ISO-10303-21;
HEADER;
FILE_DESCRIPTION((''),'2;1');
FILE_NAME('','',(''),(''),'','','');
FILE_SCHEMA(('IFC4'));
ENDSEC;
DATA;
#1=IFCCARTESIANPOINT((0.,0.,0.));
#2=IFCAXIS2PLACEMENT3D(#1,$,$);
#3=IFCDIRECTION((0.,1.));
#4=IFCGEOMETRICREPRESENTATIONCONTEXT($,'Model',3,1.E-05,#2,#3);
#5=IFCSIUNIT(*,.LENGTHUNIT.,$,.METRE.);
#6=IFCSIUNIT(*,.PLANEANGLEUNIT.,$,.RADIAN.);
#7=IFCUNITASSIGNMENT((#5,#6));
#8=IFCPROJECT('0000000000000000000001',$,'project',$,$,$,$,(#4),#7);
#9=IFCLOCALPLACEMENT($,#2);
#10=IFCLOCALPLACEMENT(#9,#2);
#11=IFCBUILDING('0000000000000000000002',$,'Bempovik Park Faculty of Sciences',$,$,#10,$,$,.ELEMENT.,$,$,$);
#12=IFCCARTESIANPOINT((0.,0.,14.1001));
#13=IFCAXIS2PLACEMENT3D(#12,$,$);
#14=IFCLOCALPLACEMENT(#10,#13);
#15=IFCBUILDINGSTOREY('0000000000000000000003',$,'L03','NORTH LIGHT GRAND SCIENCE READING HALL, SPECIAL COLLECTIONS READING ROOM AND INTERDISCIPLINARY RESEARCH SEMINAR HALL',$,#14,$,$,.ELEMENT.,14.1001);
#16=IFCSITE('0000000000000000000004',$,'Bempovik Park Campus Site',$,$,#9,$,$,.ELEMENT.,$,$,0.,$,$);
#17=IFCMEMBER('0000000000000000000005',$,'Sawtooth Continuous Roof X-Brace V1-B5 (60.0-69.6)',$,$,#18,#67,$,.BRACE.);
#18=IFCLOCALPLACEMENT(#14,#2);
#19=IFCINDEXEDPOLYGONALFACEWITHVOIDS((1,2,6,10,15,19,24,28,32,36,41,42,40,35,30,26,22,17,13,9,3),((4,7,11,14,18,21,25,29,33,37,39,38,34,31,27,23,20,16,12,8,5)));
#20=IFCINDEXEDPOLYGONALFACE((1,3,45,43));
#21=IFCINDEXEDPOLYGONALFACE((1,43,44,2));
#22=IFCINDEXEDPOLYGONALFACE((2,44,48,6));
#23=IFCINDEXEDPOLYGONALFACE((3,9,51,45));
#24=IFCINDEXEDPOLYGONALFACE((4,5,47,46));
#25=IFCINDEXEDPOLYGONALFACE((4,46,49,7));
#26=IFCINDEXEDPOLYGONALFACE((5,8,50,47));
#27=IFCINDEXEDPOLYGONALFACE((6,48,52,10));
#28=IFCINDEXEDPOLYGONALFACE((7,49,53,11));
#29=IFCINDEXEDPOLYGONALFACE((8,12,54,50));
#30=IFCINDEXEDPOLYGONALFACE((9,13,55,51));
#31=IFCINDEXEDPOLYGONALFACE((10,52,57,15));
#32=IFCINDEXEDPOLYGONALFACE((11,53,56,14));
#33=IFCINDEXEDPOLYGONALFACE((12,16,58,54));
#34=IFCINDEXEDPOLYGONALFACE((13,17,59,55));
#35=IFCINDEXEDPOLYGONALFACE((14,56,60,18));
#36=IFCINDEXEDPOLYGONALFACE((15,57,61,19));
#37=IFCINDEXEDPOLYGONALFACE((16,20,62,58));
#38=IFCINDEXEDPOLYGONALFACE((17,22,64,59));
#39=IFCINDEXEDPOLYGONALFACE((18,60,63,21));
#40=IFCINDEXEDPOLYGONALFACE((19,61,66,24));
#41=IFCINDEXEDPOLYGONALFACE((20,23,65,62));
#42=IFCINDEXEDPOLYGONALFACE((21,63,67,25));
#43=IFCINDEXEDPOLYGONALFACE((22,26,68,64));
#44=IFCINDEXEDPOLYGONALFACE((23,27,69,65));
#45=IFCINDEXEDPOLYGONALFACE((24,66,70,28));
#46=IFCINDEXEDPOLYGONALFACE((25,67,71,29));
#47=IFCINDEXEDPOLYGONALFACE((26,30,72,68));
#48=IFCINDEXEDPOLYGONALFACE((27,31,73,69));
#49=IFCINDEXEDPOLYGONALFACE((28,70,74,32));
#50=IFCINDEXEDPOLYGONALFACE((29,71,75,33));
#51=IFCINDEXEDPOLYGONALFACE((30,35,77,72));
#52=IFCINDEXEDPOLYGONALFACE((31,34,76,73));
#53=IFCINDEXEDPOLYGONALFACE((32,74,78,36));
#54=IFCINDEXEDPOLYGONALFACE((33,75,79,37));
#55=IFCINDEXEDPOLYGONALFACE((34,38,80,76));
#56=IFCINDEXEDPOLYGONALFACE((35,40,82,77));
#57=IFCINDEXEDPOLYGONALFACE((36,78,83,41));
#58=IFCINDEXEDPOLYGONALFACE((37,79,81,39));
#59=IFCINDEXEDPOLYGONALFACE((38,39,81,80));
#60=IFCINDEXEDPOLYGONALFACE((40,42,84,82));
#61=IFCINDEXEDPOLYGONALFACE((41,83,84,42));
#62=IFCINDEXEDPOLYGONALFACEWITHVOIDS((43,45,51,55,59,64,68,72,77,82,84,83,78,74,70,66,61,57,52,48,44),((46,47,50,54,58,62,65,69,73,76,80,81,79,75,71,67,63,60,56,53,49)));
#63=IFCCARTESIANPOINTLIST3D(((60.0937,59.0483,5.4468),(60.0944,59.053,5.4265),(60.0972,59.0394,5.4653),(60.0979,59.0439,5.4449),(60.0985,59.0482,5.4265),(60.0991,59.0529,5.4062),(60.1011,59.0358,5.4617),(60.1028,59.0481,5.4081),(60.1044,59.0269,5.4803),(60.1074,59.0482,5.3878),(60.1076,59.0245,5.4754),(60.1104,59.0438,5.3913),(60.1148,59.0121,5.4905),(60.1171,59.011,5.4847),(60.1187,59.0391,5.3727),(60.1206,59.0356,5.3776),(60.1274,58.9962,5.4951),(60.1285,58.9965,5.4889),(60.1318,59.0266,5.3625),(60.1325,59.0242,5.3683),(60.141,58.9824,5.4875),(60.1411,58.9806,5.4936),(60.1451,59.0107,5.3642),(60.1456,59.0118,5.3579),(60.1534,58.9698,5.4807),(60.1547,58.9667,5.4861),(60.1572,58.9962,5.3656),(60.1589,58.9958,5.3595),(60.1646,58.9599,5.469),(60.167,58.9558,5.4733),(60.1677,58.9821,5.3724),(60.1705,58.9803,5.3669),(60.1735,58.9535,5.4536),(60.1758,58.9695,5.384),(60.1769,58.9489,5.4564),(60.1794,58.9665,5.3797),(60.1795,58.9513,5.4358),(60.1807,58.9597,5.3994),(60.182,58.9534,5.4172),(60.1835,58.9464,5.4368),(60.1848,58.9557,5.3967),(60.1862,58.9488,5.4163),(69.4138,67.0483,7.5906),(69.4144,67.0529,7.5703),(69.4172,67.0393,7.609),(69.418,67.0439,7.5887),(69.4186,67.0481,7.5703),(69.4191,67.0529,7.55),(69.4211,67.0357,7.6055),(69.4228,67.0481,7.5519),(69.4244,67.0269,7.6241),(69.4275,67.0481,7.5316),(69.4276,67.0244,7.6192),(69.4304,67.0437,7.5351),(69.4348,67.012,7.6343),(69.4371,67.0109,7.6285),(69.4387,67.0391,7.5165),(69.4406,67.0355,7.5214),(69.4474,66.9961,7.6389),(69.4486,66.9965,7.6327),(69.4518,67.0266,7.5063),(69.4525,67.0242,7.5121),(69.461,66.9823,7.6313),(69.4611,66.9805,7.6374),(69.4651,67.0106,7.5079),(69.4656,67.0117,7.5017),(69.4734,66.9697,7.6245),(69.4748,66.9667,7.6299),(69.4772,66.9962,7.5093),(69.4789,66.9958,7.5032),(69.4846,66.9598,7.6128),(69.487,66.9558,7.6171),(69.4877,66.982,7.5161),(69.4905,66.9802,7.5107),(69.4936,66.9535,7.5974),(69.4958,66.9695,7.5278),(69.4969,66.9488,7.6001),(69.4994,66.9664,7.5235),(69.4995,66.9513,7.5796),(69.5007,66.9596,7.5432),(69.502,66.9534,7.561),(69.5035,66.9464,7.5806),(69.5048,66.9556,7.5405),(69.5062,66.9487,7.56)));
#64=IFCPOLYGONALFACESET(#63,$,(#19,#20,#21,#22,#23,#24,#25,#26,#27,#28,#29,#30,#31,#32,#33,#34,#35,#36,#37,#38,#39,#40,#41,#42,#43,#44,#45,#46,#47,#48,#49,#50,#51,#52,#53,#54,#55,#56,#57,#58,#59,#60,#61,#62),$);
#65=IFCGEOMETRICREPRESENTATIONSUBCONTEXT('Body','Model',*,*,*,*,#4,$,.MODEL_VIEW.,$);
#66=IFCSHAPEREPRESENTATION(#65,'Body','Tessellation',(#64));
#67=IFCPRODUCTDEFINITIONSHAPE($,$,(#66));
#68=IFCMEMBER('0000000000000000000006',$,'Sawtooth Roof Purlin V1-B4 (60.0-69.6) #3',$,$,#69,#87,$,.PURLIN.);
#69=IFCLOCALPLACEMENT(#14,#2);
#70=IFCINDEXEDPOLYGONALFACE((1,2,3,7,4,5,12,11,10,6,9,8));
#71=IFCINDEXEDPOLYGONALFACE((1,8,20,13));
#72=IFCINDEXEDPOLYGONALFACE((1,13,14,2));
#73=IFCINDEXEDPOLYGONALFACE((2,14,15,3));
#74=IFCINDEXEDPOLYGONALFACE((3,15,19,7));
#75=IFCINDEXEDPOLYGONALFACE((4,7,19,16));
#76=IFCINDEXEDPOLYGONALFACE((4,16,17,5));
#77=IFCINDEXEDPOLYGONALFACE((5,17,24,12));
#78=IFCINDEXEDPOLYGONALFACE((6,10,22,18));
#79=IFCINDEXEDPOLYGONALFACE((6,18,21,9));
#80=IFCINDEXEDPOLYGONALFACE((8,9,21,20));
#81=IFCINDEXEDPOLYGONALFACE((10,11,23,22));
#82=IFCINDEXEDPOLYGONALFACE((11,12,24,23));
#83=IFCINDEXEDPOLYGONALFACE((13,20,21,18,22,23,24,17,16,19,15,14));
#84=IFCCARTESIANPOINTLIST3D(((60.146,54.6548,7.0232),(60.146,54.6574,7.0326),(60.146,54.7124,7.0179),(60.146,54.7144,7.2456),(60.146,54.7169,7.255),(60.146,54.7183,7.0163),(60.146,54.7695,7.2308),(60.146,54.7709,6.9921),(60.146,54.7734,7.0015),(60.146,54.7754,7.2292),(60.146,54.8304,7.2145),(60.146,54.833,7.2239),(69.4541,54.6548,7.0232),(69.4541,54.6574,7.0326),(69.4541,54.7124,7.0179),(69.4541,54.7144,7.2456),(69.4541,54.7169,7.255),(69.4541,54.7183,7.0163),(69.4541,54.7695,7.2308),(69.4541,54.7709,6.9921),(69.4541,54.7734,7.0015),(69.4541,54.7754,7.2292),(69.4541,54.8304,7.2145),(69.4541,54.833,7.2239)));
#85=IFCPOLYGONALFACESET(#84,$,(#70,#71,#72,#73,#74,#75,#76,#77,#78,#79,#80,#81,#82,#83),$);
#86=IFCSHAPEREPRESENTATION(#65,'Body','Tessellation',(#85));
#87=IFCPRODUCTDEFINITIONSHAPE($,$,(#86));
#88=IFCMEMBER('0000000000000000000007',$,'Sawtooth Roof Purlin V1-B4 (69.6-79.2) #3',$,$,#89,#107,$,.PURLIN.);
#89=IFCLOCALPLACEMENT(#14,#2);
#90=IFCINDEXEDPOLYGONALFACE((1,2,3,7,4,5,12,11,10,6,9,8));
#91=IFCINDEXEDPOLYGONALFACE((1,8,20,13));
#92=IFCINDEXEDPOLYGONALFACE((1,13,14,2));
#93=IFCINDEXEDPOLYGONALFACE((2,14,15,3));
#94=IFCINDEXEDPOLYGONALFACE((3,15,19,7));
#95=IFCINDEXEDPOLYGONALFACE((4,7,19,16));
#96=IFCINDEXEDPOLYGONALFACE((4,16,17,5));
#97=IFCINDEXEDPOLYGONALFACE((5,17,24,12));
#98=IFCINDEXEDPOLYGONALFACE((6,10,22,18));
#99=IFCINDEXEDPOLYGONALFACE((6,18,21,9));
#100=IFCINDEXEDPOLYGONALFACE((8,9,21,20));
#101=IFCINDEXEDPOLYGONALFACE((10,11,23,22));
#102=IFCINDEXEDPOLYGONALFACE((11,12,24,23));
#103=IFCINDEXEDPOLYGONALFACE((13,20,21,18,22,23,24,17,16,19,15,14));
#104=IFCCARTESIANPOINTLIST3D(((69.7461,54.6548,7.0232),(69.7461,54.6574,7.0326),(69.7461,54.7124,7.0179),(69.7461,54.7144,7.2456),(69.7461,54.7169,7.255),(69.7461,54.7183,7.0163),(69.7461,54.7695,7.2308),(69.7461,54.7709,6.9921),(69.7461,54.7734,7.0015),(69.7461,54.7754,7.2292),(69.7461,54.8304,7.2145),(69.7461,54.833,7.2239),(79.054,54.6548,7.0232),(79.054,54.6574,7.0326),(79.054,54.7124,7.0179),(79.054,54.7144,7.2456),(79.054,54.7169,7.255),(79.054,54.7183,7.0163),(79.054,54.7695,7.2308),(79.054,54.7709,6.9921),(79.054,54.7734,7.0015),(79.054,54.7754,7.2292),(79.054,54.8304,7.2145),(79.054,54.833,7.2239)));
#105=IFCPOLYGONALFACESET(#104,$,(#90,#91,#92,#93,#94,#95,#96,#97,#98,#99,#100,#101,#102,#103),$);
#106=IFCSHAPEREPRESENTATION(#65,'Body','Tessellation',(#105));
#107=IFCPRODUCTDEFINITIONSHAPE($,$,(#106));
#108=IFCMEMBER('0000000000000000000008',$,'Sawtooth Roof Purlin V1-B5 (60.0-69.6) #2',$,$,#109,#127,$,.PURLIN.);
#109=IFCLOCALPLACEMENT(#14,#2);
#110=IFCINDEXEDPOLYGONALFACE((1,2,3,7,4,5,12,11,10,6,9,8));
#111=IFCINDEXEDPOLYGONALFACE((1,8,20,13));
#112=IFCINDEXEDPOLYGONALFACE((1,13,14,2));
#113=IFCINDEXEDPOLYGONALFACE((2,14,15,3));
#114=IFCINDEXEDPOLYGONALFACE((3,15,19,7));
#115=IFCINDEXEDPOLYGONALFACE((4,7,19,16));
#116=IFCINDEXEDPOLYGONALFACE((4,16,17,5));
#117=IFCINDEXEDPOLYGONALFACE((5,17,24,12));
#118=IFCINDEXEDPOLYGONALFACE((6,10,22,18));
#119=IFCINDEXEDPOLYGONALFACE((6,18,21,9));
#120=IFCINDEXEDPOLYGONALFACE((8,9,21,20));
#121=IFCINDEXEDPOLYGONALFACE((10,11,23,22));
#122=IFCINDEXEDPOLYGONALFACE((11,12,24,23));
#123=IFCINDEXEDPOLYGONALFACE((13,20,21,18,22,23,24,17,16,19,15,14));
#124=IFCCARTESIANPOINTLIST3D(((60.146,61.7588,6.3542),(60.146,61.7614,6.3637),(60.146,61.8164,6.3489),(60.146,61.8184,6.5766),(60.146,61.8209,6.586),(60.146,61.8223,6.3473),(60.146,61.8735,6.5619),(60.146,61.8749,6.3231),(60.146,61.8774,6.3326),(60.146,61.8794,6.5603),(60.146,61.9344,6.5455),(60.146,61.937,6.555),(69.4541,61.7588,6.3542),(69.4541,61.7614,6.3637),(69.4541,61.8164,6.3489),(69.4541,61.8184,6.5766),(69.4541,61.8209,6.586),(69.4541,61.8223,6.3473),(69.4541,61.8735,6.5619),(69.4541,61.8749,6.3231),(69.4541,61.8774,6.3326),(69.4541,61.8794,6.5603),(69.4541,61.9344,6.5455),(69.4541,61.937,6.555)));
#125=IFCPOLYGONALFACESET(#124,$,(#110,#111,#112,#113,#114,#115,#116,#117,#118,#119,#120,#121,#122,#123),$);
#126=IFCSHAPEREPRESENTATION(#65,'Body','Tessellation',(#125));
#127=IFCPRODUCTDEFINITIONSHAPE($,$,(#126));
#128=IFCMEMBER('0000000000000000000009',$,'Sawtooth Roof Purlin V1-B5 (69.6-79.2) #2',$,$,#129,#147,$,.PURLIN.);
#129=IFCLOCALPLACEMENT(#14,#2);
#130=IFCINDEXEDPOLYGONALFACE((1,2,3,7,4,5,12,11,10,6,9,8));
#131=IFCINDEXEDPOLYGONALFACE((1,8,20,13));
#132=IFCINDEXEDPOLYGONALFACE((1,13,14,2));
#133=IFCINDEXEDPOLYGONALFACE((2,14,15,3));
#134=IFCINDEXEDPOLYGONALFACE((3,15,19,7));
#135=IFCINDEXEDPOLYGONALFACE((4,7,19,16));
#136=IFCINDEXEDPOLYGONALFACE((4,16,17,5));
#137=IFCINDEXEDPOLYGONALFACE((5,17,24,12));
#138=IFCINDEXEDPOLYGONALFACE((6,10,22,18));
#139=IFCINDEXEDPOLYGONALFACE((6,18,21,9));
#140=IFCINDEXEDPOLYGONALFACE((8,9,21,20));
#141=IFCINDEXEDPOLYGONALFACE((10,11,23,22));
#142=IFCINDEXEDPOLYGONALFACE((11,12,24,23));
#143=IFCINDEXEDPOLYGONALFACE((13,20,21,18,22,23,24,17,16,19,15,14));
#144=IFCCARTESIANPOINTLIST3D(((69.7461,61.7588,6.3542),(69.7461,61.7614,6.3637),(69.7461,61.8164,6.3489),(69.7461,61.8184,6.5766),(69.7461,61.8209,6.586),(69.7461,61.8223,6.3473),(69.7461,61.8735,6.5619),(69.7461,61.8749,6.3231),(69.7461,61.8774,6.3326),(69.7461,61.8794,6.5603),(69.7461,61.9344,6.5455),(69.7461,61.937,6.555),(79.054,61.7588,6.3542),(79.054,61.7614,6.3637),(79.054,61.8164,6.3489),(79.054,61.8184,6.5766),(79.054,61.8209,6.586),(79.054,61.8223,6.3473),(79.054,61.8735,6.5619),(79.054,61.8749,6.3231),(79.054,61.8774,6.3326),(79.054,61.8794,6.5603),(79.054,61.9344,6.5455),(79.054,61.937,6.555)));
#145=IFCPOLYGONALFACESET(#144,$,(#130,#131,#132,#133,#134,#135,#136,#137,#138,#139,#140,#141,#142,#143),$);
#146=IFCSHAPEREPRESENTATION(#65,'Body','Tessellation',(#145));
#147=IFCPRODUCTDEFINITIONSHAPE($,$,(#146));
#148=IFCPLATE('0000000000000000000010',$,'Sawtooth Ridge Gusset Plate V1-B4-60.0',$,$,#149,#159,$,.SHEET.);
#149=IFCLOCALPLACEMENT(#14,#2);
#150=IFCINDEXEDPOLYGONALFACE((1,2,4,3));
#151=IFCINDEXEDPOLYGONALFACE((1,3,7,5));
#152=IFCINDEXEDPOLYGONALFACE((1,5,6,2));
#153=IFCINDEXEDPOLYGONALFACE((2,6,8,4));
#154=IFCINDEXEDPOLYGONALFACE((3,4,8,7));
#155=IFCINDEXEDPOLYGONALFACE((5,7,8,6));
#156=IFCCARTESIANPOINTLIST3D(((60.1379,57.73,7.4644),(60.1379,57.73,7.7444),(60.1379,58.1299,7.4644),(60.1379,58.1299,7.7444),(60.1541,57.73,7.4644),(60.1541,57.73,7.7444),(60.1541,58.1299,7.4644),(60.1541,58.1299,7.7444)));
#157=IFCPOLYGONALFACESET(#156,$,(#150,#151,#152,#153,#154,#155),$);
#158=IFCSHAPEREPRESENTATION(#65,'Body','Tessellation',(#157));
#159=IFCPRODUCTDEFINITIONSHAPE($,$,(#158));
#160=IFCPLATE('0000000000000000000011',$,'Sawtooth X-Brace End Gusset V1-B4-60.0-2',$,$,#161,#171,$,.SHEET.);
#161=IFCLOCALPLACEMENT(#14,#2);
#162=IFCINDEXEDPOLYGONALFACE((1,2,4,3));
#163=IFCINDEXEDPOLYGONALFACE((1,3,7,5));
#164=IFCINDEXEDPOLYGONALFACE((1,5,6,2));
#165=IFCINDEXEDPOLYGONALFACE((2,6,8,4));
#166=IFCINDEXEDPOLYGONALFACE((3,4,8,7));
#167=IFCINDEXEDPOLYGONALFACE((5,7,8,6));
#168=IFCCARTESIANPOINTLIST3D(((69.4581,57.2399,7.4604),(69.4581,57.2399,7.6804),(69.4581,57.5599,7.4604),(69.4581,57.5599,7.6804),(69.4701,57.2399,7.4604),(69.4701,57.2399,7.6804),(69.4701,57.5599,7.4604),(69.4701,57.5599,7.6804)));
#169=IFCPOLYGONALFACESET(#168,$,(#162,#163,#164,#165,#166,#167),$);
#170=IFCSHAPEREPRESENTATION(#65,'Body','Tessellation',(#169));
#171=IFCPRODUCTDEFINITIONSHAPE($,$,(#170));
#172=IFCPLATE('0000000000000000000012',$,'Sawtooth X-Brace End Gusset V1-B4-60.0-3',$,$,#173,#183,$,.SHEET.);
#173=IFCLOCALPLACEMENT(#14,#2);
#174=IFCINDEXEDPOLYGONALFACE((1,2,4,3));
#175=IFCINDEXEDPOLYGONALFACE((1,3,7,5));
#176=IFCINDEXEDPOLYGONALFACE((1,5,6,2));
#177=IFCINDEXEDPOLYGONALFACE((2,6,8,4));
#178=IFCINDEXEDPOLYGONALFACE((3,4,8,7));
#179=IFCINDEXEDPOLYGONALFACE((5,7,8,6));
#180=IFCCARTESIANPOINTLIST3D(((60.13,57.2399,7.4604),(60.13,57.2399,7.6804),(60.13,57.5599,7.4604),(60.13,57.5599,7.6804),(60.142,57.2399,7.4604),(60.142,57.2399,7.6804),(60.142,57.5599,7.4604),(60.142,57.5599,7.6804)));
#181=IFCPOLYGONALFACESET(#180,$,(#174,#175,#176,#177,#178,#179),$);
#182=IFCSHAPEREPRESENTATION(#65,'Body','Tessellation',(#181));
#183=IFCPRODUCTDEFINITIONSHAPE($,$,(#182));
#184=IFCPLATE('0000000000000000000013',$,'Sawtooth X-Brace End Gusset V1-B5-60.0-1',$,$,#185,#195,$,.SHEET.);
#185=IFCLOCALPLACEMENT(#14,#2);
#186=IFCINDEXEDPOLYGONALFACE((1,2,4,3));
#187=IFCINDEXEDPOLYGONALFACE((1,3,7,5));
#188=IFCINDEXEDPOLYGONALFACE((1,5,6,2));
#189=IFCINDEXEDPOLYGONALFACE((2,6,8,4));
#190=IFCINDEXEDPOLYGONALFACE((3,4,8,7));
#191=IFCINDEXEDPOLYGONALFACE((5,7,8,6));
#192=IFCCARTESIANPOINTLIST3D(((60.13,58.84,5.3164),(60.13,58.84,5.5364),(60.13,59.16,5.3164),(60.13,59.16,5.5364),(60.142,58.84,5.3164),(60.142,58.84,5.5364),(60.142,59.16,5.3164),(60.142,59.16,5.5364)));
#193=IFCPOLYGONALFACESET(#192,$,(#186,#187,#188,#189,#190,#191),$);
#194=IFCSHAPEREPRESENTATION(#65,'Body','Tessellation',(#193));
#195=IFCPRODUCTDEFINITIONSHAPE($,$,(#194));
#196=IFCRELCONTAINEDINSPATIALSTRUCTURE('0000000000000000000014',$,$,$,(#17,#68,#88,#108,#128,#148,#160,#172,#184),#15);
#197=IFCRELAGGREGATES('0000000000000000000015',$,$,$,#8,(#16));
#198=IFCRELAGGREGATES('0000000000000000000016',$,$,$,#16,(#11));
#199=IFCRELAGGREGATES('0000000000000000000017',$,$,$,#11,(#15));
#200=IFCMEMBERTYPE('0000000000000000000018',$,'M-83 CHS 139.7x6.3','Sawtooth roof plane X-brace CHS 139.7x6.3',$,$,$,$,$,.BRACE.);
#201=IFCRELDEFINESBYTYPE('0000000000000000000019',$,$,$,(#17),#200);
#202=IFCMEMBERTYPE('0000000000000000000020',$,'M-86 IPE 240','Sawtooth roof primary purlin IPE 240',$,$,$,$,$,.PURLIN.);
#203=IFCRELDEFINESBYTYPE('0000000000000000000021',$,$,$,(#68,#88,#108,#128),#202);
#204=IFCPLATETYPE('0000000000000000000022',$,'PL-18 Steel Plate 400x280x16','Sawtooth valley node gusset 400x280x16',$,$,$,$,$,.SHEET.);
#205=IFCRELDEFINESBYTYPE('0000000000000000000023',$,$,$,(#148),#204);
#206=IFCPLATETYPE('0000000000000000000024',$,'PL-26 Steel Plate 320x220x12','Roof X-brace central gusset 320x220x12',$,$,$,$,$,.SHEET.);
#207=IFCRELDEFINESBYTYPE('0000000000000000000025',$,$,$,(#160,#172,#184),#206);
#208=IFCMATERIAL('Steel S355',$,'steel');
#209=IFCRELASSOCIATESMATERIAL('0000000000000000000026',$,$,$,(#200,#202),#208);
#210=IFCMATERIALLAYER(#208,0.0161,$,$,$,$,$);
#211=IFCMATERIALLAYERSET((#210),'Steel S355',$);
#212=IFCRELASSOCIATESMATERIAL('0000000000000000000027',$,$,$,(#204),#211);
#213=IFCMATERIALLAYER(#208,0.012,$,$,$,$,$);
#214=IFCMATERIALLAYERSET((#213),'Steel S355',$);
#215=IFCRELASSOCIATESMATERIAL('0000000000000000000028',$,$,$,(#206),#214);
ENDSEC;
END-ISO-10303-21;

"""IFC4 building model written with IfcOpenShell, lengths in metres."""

from ifc_helpers import new_model, si_unit, direction, frame, origin, origin_2d, place, context, subcontext, project, spatial, rectangle, hollow_circle, i_section, extrude, material, layer, layer_set, material_profile, profile_set, type_object, element, save


model = new_model("IFC4")

# Units and contexts
model_context = context("Model", 3, precision=1e-05, world=origin(), true_north=direction((0.0, 1.0)))
body_context = subcontext(model_context, "Body", "Model", "MODEL_VIEW")
ifc_project = project(units=[si_unit("LENGTHUNIT", "METRE"), si_unit("PLANEANGLEUNIT", "RADIAN")], contexts=[model_context])

# Site, building, storey
site_placement = place(None, origin())
site = spatial("IfcSite", under=ifc_project, at=site_placement, Name="Bempovik Park Campus Site", CompositionType="ELEMENT", RefElevation=0.0)
building_placement = place(site_placement, origin())
building = spatial("IfcBuilding", under=site, at=building_placement, Name="Bempovik Park Faculty of Sciences", CompositionType="ELEMENT")
storey_placement = place(building_placement, frame((0.0, 0.0, 14.1001)))
storey = spatial("IfcBuildingStorey", under=building, at=storey_placement, Name="L03", Description="NORTH LIGHT GRAND SCIENCE READING HALL, SPECIAL COLLECTIONS READING ROOM AND INTERDISCIPLINARY RESEARCH SEMINAR HALL", CompositionType="ELEMENT", Elevation=14.1001)

# Shared definitions
ifc_material_1 = material(Name="Steel S355", Category="steel")

# Members
ifc_material_profile_1 = material_profile(ifc_material_1, hollow_circle(Radius=0.0698, WallThickness=0.0063, at=origin_2d()), Name="CHS 139.7x6.3")
ifc_profile_set_1 = profile_set([ifc_material_profile_1], Name="Steel S355")
member_type_1 = type_object("IfcMemberType", Name="M-83 CHS 139.7x6.3", Description="Sawtooth roof plane X-brace CHS 139.7x6.3", PredefinedType="BRACE", material=ifc_profile_set_1)
member_1_placement = place(storey_placement, frame((60.1399, 59.0, 5.4265), z_axis=(0.747499, 0.641625, 0.171939), x_axis=(-0.651325, 0.758799, 0.0)))
element("IfcMember", 1, at=member_1_placement, inside=storey, type_object=member_type_1, Name="Sawtooth Continuous Roof X-Brace V1-B5 (60.0-69.6)", PredefinedType="BRACE", context=body_context, shape_type="SweptSolid", body=[
    extrude(hollow_circle(Radius=0.0698, WallThickness=0.0063, at=origin_2d()), origin(), (0.0, 0.0, 1.0), 12.4683),
])
ifc_material_profile_2 = material_profile(ifc_material_1, i_section(OverallWidth=0.1201, OverallDepth=0.24, WebThickness=0.0061, FlangeThickness=0.0098, at=origin_2d()), Name="IPE 240")
ifc_profile_set_2 = profile_set([ifc_material_profile_2], Name="Steel S355")
member_type_2 = type_object("IfcMemberType", Name="M-86 IPE 240", Description="Sawtooth roof primary purlin IPE 240", PredefinedType="PURLIN", material=ifc_profile_set_2)
member_2_placement = place(storey_placement, frame((60.146, 54.7439, 7.1235), z_axis=(1.0, 0.0, 0.0), x_axis=(0.0, 0.965926, -0.258819)))
element("IfcMember", 2, at=member_2_placement, inside=storey, type_object=member_type_2, Name="Sawtooth Roof Purlin V1-B4 (60.0-69.6) #3", PredefinedType="PURLIN", context=body_context, shape_type="SweptSolid", body=[
    extrude(i_section(OverallWidth=0.1201, OverallDepth=0.24, WebThickness=0.0061, FlangeThickness=0.0098, at=origin_2d()), origin(), (0.0, 0.0, 1.0), 9.3081),
])
member_3_placement = place(storey_placement, frame((69.7461, 54.7439, 7.1235), z_axis=(1.0, 0.0, 0.0), x_axis=(0.0, 0.965926, -0.258819)))
element("IfcMember", 3, at=member_3_placement, inside=storey, type_object=member_type_2, Name="Sawtooth Roof Purlin V1-B4 (69.6-79.2) #3", PredefinedType="PURLIN", context=body_context, shape_type="SweptSolid", body=[
    extrude(i_section(OverallWidth=0.1201, OverallDepth=0.24, WebThickness=0.0061, FlangeThickness=0.0098, at=origin_2d()), origin(), (0.0, 0.0, 1.0), 9.3079),
])
member_4_placement = place(storey_placement, frame((60.146, 61.8479, 6.4546), z_axis=(1.0, 0.0, 0.0), x_axis=(0.0, 0.965926, -0.258819)))
element("IfcMember", 4, at=member_4_placement, inside=storey, type_object=member_type_2, Name="Sawtooth Roof Purlin V1-B5 (60.0-69.6) #2", PredefinedType="PURLIN", context=body_context, shape_type="SweptSolid", body=[
    extrude(i_section(OverallWidth=0.1201, OverallDepth=0.24, WebThickness=0.0061, FlangeThickness=0.0098, at=origin_2d()), origin(), (0.0, 0.0, 1.0), 9.3081),
])
member_5_placement = place(storey_placement, frame((69.7461, 61.8479, 6.4546), z_axis=(1.0, 0.0, 0.0), x_axis=(0.0, 0.965926, -0.258819)))
element("IfcMember", 5, at=member_5_placement, inside=storey, type_object=member_type_2, Name="Sawtooth Roof Purlin V1-B5 (69.6-79.2) #2", PredefinedType="PURLIN", context=body_context, shape_type="SweptSolid", body=[
    extrude(i_section(OverallWidth=0.1201, OverallDepth=0.24, WebThickness=0.0061, FlangeThickness=0.0098, at=origin_2d()), origin(), (0.0, 0.0, 1.0), 9.3079),
])

# Plates
ifc_layer_1 = layer(ifc_material_1, 0.0161)
ifc_layer_set_1 = layer_set([ifc_layer_1], Name="Steel S355")
plate_type_1 = type_object("IfcPlateType", Name="PL-18 Steel Plate 400x280x16", Description="Sawtooth valley node gusset 400x280x16", PredefinedType="SHEET", material=ifc_layer_set_1)
plate_1_placement = place(storey_placement, frame((60.146, 57.9299, 7.4644), z_axis=(0.0, 0.0, 1.0), x_axis=(1.0, 0.0, 0.0)))
element("IfcPlate", 6, at=plate_1_placement, inside=storey, type_object=plate_type_1, Name="Sawtooth Ridge Gusset Plate V1-B4-60.0", PredefinedType="SHEET", context=body_context, shape_type="SweptSolid", body=[
    extrude(rectangle(XDim=0.0161, YDim=0.3999, at=origin_2d()), origin(), (0.0, 0.0, 1.0), 0.28),
])
ifc_layer_2 = layer(ifc_material_1, 0.012)
ifc_layer_set_2 = layer_set([ifc_layer_2], Name="Steel S355")
plate_type_2 = type_object("IfcPlateType", Name="PL-26 Steel Plate 320x220x12", Description="Roof X-brace central gusset 320x220x12", PredefinedType="SHEET", material=ifc_layer_set_2)
for number, where, z_axis, x_axis, name in (
    (7, (69.4641, 57.3999, 7.4604), (0.0, 0.0, 1.0), (1.0, 0.0, 0.0), "Sawtooth X-Brace End Gusset V1-B4-60.0-2"),
    (8, (60.136, 57.3999, 7.4604), (0.0, 0.0, 1.0), (1.0, 0.0, 0.0), "Sawtooth X-Brace End Gusset V1-B4-60.0-3"),
    (9, (60.136, 59.0, 5.3164), (0.0, 0.0, 1.0), (1.0, 0.0, 0.0), "Sawtooth X-Brace End Gusset V1-B5-60.0-1"),
):
    element("IfcPlate", number, at=place(storey_placement, frame(where, z_axis=z_axis, x_axis=x_axis)), inside=storey, type_object=plate_type_2, Name=name, PredefinedType="SHEET", context=body_context, shape_type="SweptSolid", body=[
        extrude(rectangle(XDim=0.012, YDim=0.3201, at=origin_2d()), origin(), (0.0, 0.0, 1.0), 0.22),
    ])

save(model, "model.ifc")
